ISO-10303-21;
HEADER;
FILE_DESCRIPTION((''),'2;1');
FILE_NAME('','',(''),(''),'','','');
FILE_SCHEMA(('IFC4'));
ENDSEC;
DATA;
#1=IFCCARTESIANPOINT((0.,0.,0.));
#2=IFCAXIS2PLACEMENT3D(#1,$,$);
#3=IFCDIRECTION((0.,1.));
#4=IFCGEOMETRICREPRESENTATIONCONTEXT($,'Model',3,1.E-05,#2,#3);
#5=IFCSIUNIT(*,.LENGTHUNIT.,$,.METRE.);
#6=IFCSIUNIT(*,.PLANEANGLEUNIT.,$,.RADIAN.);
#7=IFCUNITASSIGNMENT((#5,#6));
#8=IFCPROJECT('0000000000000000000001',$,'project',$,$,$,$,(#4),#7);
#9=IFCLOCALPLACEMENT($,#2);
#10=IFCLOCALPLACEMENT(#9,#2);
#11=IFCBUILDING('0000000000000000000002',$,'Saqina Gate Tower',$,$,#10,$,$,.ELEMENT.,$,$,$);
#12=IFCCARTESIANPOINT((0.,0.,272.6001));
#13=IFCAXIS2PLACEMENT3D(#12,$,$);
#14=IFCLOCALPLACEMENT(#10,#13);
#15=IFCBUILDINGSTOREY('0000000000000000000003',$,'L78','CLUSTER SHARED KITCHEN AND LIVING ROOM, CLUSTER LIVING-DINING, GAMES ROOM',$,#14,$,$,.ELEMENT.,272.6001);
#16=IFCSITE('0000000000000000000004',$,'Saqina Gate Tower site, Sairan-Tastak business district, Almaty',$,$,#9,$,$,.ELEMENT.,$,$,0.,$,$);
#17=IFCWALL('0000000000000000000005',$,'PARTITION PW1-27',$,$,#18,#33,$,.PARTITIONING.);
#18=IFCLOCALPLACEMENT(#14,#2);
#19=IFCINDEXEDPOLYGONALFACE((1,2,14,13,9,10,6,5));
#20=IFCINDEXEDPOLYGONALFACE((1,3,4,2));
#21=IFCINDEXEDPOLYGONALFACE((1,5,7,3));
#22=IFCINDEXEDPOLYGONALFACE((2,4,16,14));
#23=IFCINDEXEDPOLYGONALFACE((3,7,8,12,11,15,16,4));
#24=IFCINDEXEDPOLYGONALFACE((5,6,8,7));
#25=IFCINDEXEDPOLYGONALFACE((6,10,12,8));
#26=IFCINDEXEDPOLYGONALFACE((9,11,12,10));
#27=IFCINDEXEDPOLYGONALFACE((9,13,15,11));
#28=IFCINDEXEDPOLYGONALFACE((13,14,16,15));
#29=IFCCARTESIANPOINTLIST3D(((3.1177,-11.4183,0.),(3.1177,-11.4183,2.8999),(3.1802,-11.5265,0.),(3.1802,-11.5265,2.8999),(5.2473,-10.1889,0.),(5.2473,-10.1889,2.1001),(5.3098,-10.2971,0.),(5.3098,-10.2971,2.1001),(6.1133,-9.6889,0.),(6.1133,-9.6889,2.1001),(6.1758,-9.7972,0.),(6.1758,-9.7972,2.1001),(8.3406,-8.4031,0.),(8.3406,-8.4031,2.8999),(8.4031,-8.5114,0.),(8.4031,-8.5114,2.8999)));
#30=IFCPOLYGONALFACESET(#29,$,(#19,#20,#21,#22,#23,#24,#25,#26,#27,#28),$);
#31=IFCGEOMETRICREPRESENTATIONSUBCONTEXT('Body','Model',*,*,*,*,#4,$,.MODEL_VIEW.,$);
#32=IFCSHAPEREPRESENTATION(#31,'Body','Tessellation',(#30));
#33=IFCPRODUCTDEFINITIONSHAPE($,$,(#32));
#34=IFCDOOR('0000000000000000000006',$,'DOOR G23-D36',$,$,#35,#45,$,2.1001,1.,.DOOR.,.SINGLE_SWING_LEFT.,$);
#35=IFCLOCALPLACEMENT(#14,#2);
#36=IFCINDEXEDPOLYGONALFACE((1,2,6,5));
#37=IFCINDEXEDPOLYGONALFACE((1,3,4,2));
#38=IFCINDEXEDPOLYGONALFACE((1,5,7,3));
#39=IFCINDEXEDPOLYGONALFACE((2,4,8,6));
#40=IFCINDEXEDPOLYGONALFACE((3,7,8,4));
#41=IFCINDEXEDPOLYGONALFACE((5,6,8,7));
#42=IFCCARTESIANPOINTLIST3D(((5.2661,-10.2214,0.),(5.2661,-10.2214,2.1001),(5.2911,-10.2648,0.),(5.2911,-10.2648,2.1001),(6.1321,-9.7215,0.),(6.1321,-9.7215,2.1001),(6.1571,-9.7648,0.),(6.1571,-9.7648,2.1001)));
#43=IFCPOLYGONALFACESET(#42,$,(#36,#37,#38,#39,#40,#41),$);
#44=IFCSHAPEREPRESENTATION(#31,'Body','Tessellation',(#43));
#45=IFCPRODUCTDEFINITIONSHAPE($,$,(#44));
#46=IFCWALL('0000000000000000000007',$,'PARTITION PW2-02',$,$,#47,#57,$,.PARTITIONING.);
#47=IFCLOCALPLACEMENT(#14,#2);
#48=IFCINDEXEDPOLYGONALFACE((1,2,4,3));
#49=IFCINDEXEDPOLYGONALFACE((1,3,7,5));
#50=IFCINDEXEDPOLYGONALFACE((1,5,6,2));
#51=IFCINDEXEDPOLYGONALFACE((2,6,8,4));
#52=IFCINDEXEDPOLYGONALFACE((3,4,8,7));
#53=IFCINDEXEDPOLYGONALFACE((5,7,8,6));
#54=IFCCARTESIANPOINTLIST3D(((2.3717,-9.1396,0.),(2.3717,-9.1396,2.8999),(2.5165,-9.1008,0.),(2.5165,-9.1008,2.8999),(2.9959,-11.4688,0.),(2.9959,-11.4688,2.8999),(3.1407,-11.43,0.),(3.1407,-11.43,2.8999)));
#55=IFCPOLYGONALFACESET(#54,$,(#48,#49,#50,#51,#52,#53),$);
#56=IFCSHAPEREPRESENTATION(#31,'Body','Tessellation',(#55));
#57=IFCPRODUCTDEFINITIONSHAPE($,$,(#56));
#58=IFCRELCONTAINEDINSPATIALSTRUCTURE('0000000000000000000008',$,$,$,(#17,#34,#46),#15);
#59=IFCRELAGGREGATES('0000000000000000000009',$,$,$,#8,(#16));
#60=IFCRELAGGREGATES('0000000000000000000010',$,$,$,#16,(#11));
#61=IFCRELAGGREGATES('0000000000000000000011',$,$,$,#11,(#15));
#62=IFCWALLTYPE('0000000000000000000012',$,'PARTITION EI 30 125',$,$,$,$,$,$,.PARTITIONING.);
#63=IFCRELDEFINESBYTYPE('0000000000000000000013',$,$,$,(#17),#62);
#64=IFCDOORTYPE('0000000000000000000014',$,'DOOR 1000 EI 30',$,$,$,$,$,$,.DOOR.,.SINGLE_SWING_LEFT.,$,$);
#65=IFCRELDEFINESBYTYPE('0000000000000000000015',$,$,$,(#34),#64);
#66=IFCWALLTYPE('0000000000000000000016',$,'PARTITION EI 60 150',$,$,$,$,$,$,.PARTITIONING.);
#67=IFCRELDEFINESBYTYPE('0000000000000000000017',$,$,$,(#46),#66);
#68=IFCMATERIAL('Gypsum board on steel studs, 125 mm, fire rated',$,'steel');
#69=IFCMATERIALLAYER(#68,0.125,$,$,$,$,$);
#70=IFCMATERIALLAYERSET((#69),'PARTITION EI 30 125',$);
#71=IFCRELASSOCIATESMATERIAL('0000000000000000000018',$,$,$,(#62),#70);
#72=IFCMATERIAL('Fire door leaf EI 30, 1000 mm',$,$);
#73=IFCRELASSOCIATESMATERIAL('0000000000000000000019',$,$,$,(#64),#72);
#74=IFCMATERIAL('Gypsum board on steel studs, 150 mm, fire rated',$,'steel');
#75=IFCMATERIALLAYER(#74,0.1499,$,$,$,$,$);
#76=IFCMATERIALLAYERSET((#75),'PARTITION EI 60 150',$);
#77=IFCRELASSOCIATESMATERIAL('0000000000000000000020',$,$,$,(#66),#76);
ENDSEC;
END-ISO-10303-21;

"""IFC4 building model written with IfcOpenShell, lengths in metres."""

from ifc_helpers import new_model, si_unit, direction, frame, frame_2d, origin, place, context, subcontext, project, spatial, rectangle, extrude, material, layer, layer_set, type_object, element, fill, save


model = new_model("IFC4")

# Units and contexts
model_context = context("Model", 3, precision=1e-05, world=origin(), true_north=direction((0.0, 1.0)))
body_context = subcontext(model_context, "Body", "Model", "MODEL_VIEW")
ifc_project = project(units=[si_unit("LENGTHUNIT", "METRE"), si_unit("PLANEANGLEUNIT", "RADIAN")], contexts=[model_context])

# Site, building, storey
site_placement = place(None, origin())
site = spatial("IfcSite", under=ifc_project, at=site_placement, Name="Saqina Gate Tower site, Sairan-Tastak business district, Almaty", CompositionType="ELEMENT", RefElevation=0.0)
building_placement = place(site_placement, origin())
building = spatial("IfcBuilding", under=site, at=building_placement, Name="Saqina Gate Tower", CompositionType="ELEMENT")
storey_placement = place(building_placement, frame((0.0, 0.0, 272.6001)))
storey = spatial("IfcBuildingStorey", under=building, at=storey_placement, Name="L78", Description="CLUSTER SHARED KITCHEN AND LIVING ROOM, CLUSTER LIVING-DINING, GAMES ROOM", CompositionType="ELEMENT", Elevation=272.6001)

# Wall, opening, door
ifc_material_1 = material(Name="Gypsum board on steel studs, 125 mm, fire rated", Category="steel")
ifc_layer_1 = layer(ifc_material_1, 0.125)
ifc_layer_set_1 = layer_set([ifc_layer_1], Name="PARTITION EI 30 125")
wall_type_1 = type_object("IfcWallType", Name="PARTITION EI 30 125", PredefinedType="PARTITIONING", material=ifc_layer_set_1)
ifc_material_2 = material(Name="Fire door leaf EI 30, 1000 mm")
door_type_1 = type_object("IfcDoorType", Name="DOOR 1000 EI 30", OperationType="SINGLE_SWING_LEFT", PredefinedType="DOOR", material=ifc_material_2)
wall_1_placement = place(storey_placement, frame((3.1489, -11.4724, 0.0), z_axis=(0.0, 0.0, 1.0), x_axis=(0.866047, 0.499962, 0.0)))
wall_1 = element("IfcWall", 1, at=wall_1_placement, inside=storey, type_object=wall_type_1, Name="PARTITION PW1-27", PredefinedType="PARTITIONING", context=body_context, shape_type="SweptSolid", body=[
    extrude(rectangle(XDim=6.0308, YDim=0.125, at=frame_2d((3.0154, 0.0))), origin(), (0.0, 0.0, 1.0), 2.8999),
])
opening_1_placement = place(wall_1_placement, frame((2.459, 0.0, 0.0)))
opening_1 = element("IfcOpeningElement", 2, at=opening_1_placement, cuts=wall_1, PredefinedType="OPENING", context=body_context, shape_type="SweptSolid", body=[
    extrude(rectangle(XDim=1.0, YDim=2.1001, at=frame_2d((0.5, 1.05))), frame((0.0, 0.0745, 0.0), z_axis=(0.0, -1.0, 0.0), x_axis=(1.0, 0.0, 0.0)), (0.0, 0.0, 1.0), 0.1489),
])
door_1_placement = place(opening_1_placement, origin())
door_1 = element("IfcDoor", 3, at=door_1_placement, inside=storey, type_object=door_type_1, Name="DOOR G23-D36", OperationType="SINGLE_SWING_LEFT", OverallHeight=2.1001, OverallWidth=1.0, PredefinedType="DOOR", context=body_context, shape_type="SweptSolid", body=[
    extrude(rectangle(XDim=1.0, YDim=2.1001, at=frame_2d((0.5, 1.05))), frame((0.0, 0.0249, 0.0), z_axis=(0.0, -1.0, 0.0), x_axis=(1.0, 0.0, 0.0)), (0.0, 0.0, 1.0), 0.05),
])
fill(opening_1, door_1)

# Wall
ifc_material_3 = material(Name="Gypsum board on steel studs, 150 mm, fire rated", Category="steel")
ifc_layer_2 = layer(ifc_material_3, 0.1499)
ifc_layer_set_2 = layer_set([ifc_layer_2], Name="PARTITION EI 60 150")
wall_type_2 = type_object("IfcWallType", Name="PARTITION EI 60 150", PredefinedType="PARTITIONING", material=ifc_layer_set_2)
wall_2_placement = place(storey_placement, frame((2.4441, -9.1204, 0.0), z_axis=(0.0, 0.0, 1.0), x_axis=(0.258891, -0.965906, 0.0)))
element("IfcWall", 4, at=wall_2_placement, inside=storey, type_object=wall_type_2, Name="PARTITION PW2-02", PredefinedType="PARTITIONING", context=body_context, shape_type="SweptSolid", body=[
    extrude(rectangle(XDim=2.4114, YDim=0.1499, at=frame_2d((1.2056, 0.0))), origin(), (0.0, 0.0, 1.0), 2.8999),
])

save(model, "model.ifc")
